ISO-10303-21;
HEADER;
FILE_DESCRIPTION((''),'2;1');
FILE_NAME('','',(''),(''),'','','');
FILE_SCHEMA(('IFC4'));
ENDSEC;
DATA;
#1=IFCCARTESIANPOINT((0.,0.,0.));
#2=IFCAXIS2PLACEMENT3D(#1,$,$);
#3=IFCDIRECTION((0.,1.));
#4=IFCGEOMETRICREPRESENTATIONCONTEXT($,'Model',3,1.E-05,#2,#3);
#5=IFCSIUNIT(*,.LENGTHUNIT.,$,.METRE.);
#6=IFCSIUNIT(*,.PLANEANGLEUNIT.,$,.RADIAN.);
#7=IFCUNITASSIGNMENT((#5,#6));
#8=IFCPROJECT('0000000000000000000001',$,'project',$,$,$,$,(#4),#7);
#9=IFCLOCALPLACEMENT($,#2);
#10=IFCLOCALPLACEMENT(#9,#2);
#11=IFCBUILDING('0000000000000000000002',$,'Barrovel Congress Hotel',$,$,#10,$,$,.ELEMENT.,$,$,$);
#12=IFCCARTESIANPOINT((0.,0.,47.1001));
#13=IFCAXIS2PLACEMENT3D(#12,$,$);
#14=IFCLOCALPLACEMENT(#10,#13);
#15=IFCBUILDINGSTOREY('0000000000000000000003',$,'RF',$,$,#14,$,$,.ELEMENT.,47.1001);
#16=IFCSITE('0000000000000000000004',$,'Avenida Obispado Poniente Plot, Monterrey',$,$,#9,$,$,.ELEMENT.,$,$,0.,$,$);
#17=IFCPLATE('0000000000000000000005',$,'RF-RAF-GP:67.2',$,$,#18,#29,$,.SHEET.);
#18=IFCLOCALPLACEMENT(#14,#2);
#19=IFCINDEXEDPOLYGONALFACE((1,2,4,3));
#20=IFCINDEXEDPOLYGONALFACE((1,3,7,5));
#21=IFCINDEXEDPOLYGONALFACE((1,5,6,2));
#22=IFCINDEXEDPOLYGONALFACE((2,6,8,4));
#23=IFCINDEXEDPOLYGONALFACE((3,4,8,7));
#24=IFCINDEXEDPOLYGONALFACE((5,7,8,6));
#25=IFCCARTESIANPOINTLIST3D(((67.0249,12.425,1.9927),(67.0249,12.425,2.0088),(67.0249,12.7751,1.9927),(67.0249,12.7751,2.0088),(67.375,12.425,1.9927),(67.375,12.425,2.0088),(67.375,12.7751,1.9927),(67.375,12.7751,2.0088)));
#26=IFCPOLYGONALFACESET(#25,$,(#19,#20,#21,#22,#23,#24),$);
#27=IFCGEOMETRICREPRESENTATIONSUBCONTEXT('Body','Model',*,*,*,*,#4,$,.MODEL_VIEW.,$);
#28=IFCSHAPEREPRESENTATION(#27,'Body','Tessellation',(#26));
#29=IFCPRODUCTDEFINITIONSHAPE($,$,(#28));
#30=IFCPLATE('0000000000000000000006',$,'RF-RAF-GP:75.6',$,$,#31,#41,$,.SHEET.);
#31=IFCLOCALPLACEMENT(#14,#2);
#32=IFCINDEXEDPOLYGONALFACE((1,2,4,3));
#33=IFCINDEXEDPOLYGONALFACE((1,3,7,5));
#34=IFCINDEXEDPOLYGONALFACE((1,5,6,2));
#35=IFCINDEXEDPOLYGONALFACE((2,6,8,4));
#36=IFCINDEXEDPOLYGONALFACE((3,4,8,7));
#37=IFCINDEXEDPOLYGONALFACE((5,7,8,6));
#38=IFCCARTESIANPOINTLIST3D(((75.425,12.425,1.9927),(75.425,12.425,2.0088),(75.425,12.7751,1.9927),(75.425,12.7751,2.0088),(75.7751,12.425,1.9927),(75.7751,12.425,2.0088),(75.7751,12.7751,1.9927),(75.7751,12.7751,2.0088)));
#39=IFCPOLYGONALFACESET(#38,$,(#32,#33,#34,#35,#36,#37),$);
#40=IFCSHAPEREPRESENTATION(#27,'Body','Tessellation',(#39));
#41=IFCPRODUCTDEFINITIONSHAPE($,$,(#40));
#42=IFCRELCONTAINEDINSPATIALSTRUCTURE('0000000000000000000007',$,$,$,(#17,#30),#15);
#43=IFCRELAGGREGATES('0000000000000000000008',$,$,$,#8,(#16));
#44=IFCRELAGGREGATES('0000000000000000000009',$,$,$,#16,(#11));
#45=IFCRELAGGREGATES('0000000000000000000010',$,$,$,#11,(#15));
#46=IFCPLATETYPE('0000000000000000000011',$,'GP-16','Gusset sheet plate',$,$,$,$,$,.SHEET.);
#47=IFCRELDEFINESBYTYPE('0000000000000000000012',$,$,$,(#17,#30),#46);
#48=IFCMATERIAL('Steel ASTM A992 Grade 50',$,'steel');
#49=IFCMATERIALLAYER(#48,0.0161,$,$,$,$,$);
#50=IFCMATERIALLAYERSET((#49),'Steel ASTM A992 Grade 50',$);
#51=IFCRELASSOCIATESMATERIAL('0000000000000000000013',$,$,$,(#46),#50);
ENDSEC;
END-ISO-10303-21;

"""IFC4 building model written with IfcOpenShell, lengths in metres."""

from ifc_helpers import new_model, si_unit, direction, frame, origin, origin_2d, place, context, subcontext, project, spatial, rectangle, extrude, material, layer, layer_set, type_object, element, save


model = new_model("IFC4")

# Units and contexts
model_context = context("Model", 3, precision=1e-05, world=origin(), true_north=direction((0.0, 1.0)))
body_context = subcontext(model_context, "Body", "Model", "MODEL_VIEW")
ifc_project = project(units=[si_unit("LENGTHUNIT", "METRE"), si_unit("PLANEANGLEUNIT", "RADIAN")], contexts=[model_context])

# Site, building, storey
site_placement = place(None, origin())
site = spatial("IfcSite", under=ifc_project, at=site_placement, Name="Avenida Obispado Poniente Plot, Monterrey", CompositionType="ELEMENT", RefElevation=0.0)
building_placement = place(site_placement, origin())
building = spatial("IfcBuilding", under=site, at=building_placement, Name="Barrovel Congress Hotel", CompositionType="ELEMENT")
storey_placement = place(building_placement, frame((0.0, 0.0, 47.1001)))
storey = spatial("IfcBuildingStorey", under=building, at=storey_placement, Name="RF", CompositionType="ELEMENT", Elevation=47.1001)

# Shared definitions
ifc_material_1 = material(Name="Steel ASTM A992 Grade 50", Category="steel")

# Plates
ifc_layer = layer(ifc_material_1, 0.0161)
ifc_layer_set = layer_set([ifc_layer], Name="Steel ASTM A992 Grade 50")
plate_type = type_object("IfcPlateType", Name="GP-16", Description="Gusset sheet plate", PredefinedType="SHEET", material=ifc_layer_set)
for number, where, z_axis, x_axis, name in (
    (1, (67.2, 12.6001, 1.9927), (0.0, 0.0, 1.0), (1.0, 0.0, 0.0), "RF-RAF-GP:67.2"),
    (2, (75.6001, 12.6001, 1.9927), (0.0, 0.0, 1.0), (1.0, 0.0, 0.0), "RF-RAF-GP:75.6"),
):
    element("IfcPlate", number, at=place(storey_placement, frame(where, z_axis=z_axis, x_axis=x_axis)), inside=storey, type_object=plate_type, Name=name, PredefinedType="SHEET", context=body_context, shape_type="SweptSolid", body=[
        extrude(rectangle(XDim=0.3501, YDim=0.3501, at=origin_2d()), origin(), (0.0, 0.0, 1.0), 0.0161),
    ])

save(model, "model.ifc")
